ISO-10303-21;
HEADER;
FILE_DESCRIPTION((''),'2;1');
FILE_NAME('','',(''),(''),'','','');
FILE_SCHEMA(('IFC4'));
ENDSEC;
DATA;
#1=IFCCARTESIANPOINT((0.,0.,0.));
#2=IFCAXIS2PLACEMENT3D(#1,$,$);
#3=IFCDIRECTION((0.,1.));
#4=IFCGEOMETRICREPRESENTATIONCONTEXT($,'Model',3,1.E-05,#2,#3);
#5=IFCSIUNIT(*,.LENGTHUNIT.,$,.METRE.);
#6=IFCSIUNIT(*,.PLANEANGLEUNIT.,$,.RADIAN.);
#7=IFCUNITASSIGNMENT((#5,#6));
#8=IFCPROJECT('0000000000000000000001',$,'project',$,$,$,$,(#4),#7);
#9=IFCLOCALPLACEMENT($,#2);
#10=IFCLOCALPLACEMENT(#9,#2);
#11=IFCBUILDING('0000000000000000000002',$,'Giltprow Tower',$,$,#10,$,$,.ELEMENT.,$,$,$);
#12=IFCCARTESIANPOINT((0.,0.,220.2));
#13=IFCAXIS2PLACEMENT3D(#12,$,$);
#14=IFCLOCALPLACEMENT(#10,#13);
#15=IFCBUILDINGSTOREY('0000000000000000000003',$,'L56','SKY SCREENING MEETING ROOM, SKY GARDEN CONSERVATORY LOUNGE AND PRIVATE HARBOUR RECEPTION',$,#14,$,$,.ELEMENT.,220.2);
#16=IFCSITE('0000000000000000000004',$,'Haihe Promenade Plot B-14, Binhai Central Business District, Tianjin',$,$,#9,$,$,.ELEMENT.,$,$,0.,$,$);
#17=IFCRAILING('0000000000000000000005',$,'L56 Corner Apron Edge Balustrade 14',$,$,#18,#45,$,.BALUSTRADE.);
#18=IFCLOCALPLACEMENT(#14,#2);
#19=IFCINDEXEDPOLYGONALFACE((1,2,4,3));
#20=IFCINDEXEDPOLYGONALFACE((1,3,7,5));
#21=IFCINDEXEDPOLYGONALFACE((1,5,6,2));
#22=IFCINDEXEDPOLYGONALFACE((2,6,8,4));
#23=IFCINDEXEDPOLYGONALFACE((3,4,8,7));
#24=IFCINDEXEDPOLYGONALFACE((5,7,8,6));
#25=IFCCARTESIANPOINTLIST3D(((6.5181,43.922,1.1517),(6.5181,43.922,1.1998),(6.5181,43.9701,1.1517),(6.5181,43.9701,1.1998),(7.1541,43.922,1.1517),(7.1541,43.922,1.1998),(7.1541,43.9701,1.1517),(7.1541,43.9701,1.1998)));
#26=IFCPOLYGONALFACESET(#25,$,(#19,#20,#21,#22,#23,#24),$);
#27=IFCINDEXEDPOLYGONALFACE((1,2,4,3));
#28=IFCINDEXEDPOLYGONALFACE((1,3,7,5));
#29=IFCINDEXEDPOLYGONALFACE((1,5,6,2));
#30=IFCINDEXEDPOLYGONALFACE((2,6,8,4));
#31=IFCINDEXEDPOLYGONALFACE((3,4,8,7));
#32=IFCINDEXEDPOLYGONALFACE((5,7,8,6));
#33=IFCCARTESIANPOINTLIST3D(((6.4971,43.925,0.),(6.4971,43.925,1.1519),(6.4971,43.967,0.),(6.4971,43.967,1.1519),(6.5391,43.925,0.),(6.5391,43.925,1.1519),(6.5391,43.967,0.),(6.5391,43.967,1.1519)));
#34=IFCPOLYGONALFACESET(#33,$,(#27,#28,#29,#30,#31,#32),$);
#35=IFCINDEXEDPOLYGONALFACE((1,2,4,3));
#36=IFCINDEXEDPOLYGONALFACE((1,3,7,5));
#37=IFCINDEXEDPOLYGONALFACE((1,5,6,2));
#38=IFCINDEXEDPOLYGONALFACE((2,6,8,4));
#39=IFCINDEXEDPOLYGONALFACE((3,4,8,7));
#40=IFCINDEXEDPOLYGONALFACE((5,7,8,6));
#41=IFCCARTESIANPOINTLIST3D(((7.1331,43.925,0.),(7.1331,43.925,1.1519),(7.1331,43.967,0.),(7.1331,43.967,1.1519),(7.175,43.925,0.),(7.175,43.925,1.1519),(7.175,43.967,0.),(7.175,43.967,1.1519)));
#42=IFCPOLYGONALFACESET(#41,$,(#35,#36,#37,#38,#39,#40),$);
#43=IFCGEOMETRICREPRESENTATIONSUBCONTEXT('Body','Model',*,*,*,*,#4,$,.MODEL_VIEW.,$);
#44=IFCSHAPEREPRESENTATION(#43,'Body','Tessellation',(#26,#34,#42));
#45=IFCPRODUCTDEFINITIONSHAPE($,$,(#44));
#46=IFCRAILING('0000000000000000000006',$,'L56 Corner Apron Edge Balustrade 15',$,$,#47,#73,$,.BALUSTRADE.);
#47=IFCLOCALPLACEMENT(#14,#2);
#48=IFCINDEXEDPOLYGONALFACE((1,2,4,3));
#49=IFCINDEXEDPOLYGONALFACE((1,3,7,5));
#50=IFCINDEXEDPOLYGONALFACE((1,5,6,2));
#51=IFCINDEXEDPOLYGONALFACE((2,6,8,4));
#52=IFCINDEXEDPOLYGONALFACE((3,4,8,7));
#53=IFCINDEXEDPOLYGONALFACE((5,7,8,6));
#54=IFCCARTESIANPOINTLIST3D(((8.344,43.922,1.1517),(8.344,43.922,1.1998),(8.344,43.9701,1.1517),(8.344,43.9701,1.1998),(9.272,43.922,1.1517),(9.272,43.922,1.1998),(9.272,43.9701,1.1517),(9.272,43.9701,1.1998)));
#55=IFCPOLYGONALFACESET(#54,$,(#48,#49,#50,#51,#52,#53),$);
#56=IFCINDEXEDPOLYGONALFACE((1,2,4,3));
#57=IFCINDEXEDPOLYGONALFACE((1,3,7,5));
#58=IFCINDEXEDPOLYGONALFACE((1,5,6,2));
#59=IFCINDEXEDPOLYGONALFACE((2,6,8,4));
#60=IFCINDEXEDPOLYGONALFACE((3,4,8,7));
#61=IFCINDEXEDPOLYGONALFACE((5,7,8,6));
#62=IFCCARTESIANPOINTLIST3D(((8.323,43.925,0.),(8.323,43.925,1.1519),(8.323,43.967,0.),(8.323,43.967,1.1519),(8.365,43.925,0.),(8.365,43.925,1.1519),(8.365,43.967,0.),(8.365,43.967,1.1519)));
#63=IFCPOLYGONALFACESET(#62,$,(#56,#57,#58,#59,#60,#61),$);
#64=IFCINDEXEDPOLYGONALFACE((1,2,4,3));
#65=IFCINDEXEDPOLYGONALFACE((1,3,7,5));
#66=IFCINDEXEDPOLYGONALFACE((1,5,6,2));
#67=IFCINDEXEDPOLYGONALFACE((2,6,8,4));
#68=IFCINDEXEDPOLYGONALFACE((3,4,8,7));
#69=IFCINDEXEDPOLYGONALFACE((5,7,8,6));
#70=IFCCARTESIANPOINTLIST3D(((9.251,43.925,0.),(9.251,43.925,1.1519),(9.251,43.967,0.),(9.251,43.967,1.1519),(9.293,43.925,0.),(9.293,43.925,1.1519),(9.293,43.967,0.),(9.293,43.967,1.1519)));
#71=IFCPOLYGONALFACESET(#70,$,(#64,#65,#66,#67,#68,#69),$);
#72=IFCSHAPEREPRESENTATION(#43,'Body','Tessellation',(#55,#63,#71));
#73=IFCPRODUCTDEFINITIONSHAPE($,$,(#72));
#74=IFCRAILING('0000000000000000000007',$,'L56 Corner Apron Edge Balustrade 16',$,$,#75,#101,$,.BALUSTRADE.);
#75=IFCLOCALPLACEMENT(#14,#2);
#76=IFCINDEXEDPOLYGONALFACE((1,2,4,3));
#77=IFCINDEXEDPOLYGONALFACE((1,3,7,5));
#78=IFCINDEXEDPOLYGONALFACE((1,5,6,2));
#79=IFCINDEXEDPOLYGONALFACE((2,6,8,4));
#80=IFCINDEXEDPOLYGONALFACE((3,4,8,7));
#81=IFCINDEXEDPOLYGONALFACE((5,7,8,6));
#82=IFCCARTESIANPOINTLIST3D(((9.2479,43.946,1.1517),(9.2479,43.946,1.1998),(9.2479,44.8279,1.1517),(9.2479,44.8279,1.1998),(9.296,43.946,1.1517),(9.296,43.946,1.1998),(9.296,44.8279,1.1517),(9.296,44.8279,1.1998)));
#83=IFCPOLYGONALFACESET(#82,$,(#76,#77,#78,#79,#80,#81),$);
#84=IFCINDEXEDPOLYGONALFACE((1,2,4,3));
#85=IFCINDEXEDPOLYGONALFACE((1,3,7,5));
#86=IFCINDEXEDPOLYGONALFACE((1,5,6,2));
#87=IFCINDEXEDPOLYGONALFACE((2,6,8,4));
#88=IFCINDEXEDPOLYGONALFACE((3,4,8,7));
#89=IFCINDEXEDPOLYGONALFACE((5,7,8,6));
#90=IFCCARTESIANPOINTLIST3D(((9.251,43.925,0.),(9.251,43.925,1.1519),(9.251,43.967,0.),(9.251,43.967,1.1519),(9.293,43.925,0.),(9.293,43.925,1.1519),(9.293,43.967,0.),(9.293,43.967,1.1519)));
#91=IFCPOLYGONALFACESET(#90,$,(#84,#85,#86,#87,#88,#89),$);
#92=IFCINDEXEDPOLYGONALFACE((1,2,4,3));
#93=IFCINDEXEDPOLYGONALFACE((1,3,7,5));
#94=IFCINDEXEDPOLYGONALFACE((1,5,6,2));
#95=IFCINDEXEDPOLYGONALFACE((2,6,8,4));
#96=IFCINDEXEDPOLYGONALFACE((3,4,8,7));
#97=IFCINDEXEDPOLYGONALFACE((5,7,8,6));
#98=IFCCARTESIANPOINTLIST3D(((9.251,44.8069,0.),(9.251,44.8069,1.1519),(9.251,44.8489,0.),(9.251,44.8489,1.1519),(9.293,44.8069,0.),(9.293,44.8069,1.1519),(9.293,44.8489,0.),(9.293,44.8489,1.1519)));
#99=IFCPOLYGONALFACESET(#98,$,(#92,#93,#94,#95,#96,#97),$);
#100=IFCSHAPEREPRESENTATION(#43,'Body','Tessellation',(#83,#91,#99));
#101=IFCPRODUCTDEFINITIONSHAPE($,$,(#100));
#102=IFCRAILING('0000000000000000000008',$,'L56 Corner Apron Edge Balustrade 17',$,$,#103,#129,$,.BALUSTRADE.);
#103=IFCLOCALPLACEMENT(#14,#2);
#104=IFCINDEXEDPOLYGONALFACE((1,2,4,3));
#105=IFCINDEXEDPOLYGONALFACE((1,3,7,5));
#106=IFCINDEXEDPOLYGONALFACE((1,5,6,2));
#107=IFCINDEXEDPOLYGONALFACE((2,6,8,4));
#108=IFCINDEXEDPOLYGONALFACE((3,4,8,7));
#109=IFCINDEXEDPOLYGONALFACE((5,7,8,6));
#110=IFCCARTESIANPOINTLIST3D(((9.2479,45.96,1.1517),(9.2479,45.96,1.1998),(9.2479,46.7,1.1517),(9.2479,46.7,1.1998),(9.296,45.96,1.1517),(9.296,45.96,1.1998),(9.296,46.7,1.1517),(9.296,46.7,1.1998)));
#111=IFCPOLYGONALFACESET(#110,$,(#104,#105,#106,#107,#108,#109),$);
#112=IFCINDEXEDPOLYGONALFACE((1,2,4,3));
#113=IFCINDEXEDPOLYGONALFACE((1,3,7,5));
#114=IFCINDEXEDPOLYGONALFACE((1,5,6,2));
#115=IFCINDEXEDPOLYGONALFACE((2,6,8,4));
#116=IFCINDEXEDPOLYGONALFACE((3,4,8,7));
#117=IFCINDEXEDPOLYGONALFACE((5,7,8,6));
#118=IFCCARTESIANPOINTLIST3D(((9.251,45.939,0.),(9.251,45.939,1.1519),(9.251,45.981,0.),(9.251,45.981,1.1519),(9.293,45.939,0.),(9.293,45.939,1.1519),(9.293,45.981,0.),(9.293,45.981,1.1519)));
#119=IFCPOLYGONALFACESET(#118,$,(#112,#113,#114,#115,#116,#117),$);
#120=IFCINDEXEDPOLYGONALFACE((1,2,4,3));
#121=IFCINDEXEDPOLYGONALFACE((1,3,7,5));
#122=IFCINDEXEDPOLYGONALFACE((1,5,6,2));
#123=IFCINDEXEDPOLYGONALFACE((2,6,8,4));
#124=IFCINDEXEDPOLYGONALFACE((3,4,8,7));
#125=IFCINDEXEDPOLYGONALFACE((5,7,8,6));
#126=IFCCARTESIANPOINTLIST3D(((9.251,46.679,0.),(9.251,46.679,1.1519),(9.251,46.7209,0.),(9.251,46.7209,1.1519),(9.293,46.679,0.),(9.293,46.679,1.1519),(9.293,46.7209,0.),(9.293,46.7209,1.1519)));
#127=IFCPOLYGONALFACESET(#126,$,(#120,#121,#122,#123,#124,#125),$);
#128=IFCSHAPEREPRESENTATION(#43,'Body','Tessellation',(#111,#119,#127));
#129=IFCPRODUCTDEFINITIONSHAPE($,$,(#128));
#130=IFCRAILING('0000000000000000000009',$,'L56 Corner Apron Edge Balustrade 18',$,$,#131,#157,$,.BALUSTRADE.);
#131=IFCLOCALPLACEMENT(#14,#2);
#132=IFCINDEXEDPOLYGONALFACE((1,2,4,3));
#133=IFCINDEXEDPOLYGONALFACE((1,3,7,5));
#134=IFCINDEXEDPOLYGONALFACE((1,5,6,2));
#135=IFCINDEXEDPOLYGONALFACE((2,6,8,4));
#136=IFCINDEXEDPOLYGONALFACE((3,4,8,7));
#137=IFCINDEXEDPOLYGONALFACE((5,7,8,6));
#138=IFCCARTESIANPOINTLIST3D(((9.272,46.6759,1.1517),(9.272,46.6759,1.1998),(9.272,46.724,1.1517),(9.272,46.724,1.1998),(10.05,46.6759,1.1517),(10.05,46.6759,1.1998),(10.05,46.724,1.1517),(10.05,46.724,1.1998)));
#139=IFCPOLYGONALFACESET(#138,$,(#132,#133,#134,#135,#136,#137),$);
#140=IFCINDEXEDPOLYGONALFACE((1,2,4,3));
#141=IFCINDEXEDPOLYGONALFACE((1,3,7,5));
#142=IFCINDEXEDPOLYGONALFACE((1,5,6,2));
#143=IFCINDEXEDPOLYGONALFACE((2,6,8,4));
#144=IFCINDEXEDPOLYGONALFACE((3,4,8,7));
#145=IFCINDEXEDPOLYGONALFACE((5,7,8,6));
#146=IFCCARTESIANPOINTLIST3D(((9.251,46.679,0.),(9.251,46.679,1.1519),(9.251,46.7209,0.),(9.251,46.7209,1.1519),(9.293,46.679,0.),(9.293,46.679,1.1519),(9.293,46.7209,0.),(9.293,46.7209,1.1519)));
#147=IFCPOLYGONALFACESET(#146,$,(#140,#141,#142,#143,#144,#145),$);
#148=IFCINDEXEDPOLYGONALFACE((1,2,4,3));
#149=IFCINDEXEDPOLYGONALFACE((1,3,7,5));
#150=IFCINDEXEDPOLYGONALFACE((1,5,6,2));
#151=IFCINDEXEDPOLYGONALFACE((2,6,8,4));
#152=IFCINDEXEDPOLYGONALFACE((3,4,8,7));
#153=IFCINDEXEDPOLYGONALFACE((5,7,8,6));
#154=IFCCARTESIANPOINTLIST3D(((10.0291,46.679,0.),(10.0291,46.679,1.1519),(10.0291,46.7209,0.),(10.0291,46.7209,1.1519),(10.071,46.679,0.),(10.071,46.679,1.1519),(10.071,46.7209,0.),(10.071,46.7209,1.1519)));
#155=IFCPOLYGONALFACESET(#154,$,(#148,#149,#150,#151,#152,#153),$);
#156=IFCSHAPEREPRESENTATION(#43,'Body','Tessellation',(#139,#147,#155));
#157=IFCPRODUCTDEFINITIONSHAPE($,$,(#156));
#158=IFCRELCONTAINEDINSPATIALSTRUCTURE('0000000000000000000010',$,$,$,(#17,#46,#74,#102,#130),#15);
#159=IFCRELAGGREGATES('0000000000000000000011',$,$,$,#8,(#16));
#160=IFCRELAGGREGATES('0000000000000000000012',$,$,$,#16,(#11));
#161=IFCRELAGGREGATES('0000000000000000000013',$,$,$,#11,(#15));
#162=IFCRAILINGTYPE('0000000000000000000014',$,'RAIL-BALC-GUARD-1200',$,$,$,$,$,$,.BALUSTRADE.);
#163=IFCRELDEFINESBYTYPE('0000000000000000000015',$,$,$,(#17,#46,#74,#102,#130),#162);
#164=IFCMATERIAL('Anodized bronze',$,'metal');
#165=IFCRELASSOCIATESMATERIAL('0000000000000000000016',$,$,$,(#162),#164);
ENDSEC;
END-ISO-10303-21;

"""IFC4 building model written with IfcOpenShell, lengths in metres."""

from ifc_helpers import new_model, si_unit, direction, frame, origin, origin_2d, place, context, subcontext, project, spatial, rectangle, extrude, material, type_object, element, save


model = new_model("IFC4")

# Units and contexts
model_context = context("Model", 3, precision=1e-05, world=origin(), true_north=direction((0.0, 1.0)))
body_context = subcontext(model_context, "Body", "Model", "MODEL_VIEW")
ifc_project = project(units=[si_unit("LENGTHUNIT", "METRE"), si_unit("PLANEANGLEUNIT", "RADIAN")], contexts=[model_context])

# Site, building, storey
site_placement = place(None, origin())
site = spatial("IfcSite", under=ifc_project, at=site_placement, Name="Haihe Promenade Plot B-14, Binhai Central Business District, Tianjin", CompositionType="ELEMENT", RefElevation=0.0)
building_placement = place(site_placement, origin())
building = spatial("IfcBuilding", under=site, at=building_placement, Name="Giltprow Tower", CompositionType="ELEMENT")
storey_placement = place(building_placement, frame((0.0, 0.0, 220.2)))
storey = spatial("IfcBuildingStorey", under=building, at=storey_placement, Name="L56", Description="SKY SCREENING MEETING ROOM, SKY GARDEN CONSERVATORY LOUNGE AND PRIVATE HARBOUR RECEPTION", CompositionType="ELEMENT", Elevation=220.2)

# Railings
ifc_material_1 = material(Name="Anodized bronze", Category="metal")
railing_type = type_object("IfcRailingType", Name="RAIL-BALC-GUARD-1200", PredefinedType="BALUSTRADE", material=ifc_material_1)
railing_1_placement = place(storey_placement, frame((6.5181, 43.946, 0.0)))
element("IfcRailing", 1, at=railing_1_placement, inside=storey, type_object=railing_type, Name="L56 Corner Apron Edge Balustrade 14", PredefinedType="BALUSTRADE", context=body_context, shape_type="SweptSolid", body=[
    extrude(rectangle(XDim=0.0481, YDim=0.0481, at=origin_2d()), frame((0.0, 0.0, 1.1758), z_axis=(1.0, 0.0, 0.0), x_axis=(0.0, 1.0, 0.0)), (0.0, 0.0, 1.0), 0.636),
    extrude(rectangle(XDim=0.042, YDim=0.042, at=origin_2d()), origin(), (0.0, 0.0, 1.0), 1.1519),
    extrude(rectangle(XDim=0.042, YDim=0.042, at=origin_2d()), frame((0.636, 0.0, 0.0)), (0.0, 0.0, 1.0), 1.1519),
])
railing_2_placement = place(storey_placement, frame((8.344, 43.946, 0.0)))
element("IfcRailing", 2, at=railing_2_placement, inside=storey, type_object=railing_type, Name="L56 Corner Apron Edge Balustrade 15", PredefinedType="BALUSTRADE", context=body_context, shape_type="SweptSolid", body=[
    extrude(rectangle(XDim=0.0481, YDim=0.0481, at=origin_2d()), frame((0.0, 0.0, 1.1758), z_axis=(1.0, 0.0, 0.0), x_axis=(0.0, 1.0, 0.0)), (0.0, 0.0, 1.0), 0.928),
    extrude(rectangle(XDim=0.042, YDim=0.042, at=origin_2d()), origin(), (0.0, 0.0, 1.0), 1.1519),
    extrude(rectangle(XDim=0.042, YDim=0.042, at=origin_2d()), frame((0.928, 0.0, 0.0)), (0.0, 0.0, 1.0), 1.1519),
])
railing_3_placement = place(storey_placement, frame((9.272, 43.946, 0.0)))
element("IfcRailing", 3, at=railing_3_placement, inside=storey, type_object=railing_type, Name="L56 Corner Apron Edge Balustrade 16", PredefinedType="BALUSTRADE", context=body_context, shape_type="SweptSolid", body=[
    extrude(rectangle(XDim=0.0481, YDim=0.0481, at=origin_2d()), frame((0.0, 0.0, 1.1758), z_axis=(0.0, 1.0, 0.0), x_axis=(-1.0, 0.0, 0.0)), (0.0, 0.0, 1.0), 0.8818),
    extrude(rectangle(XDim=0.042, YDim=0.042, at=origin_2d()), origin(), (0.0, 0.0, 1.0), 1.1519),
    extrude(rectangle(XDim=0.042, YDim=0.042, at=origin_2d()), frame((0.0, 0.8818, 0.0)), (0.0, 0.0, 1.0), 1.1519),
])
railing_4_placement = place(storey_placement, frame((9.272, 45.96, 0.0)))
element("IfcRailing", 4, at=railing_4_placement, inside=storey, type_object=railing_type, Name="L56 Corner Apron Edge Balustrade 17", PredefinedType="BALUSTRADE", context=body_context, shape_type="SweptSolid", body=[
    extrude(rectangle(XDim=0.0481, YDim=0.0481, at=origin_2d()), frame((0.0, 0.0, 1.1758), z_axis=(0.0, 1.0, 0.0), x_axis=(-1.0, 0.0, 0.0)), (0.0, 0.0, 1.0), 0.74),
    extrude(rectangle(XDim=0.042, YDim=0.042, at=origin_2d()), origin(), (0.0, 0.0, 1.0), 1.1519),
    extrude(rectangle(XDim=0.042, YDim=0.042, at=origin_2d()), frame((0.0, 0.74, 0.0)), (0.0, 0.0, 1.0), 1.1519),
])
railing_5_placement = place(storey_placement, frame((9.272, 46.7, 0.0)))
element("IfcRailing", 5, at=railing_5_placement, inside=storey, type_object=railing_type, Name="L56 Corner Apron Edge Balustrade 18", PredefinedType="BALUSTRADE", context=body_context, shape_type="SweptSolid", body=[
    extrude(rectangle(XDim=0.0481, YDim=0.0481, at=origin_2d()), frame((0.0, 0.0, 1.1758), z_axis=(1.0, 0.0, 0.0), x_axis=(0.0, 1.0, 0.0)), (0.0, 0.0, 1.0), 0.7781),
    extrude(rectangle(XDim=0.042, YDim=0.042, at=origin_2d()), origin(), (0.0, 0.0, 1.0), 1.1519),
    extrude(rectangle(XDim=0.042, YDim=0.042, at=origin_2d()), frame((0.7781, 0.0, 0.0)), (0.0, 0.0, 1.0), 1.1519),
])

save(model, "model.ifc")
